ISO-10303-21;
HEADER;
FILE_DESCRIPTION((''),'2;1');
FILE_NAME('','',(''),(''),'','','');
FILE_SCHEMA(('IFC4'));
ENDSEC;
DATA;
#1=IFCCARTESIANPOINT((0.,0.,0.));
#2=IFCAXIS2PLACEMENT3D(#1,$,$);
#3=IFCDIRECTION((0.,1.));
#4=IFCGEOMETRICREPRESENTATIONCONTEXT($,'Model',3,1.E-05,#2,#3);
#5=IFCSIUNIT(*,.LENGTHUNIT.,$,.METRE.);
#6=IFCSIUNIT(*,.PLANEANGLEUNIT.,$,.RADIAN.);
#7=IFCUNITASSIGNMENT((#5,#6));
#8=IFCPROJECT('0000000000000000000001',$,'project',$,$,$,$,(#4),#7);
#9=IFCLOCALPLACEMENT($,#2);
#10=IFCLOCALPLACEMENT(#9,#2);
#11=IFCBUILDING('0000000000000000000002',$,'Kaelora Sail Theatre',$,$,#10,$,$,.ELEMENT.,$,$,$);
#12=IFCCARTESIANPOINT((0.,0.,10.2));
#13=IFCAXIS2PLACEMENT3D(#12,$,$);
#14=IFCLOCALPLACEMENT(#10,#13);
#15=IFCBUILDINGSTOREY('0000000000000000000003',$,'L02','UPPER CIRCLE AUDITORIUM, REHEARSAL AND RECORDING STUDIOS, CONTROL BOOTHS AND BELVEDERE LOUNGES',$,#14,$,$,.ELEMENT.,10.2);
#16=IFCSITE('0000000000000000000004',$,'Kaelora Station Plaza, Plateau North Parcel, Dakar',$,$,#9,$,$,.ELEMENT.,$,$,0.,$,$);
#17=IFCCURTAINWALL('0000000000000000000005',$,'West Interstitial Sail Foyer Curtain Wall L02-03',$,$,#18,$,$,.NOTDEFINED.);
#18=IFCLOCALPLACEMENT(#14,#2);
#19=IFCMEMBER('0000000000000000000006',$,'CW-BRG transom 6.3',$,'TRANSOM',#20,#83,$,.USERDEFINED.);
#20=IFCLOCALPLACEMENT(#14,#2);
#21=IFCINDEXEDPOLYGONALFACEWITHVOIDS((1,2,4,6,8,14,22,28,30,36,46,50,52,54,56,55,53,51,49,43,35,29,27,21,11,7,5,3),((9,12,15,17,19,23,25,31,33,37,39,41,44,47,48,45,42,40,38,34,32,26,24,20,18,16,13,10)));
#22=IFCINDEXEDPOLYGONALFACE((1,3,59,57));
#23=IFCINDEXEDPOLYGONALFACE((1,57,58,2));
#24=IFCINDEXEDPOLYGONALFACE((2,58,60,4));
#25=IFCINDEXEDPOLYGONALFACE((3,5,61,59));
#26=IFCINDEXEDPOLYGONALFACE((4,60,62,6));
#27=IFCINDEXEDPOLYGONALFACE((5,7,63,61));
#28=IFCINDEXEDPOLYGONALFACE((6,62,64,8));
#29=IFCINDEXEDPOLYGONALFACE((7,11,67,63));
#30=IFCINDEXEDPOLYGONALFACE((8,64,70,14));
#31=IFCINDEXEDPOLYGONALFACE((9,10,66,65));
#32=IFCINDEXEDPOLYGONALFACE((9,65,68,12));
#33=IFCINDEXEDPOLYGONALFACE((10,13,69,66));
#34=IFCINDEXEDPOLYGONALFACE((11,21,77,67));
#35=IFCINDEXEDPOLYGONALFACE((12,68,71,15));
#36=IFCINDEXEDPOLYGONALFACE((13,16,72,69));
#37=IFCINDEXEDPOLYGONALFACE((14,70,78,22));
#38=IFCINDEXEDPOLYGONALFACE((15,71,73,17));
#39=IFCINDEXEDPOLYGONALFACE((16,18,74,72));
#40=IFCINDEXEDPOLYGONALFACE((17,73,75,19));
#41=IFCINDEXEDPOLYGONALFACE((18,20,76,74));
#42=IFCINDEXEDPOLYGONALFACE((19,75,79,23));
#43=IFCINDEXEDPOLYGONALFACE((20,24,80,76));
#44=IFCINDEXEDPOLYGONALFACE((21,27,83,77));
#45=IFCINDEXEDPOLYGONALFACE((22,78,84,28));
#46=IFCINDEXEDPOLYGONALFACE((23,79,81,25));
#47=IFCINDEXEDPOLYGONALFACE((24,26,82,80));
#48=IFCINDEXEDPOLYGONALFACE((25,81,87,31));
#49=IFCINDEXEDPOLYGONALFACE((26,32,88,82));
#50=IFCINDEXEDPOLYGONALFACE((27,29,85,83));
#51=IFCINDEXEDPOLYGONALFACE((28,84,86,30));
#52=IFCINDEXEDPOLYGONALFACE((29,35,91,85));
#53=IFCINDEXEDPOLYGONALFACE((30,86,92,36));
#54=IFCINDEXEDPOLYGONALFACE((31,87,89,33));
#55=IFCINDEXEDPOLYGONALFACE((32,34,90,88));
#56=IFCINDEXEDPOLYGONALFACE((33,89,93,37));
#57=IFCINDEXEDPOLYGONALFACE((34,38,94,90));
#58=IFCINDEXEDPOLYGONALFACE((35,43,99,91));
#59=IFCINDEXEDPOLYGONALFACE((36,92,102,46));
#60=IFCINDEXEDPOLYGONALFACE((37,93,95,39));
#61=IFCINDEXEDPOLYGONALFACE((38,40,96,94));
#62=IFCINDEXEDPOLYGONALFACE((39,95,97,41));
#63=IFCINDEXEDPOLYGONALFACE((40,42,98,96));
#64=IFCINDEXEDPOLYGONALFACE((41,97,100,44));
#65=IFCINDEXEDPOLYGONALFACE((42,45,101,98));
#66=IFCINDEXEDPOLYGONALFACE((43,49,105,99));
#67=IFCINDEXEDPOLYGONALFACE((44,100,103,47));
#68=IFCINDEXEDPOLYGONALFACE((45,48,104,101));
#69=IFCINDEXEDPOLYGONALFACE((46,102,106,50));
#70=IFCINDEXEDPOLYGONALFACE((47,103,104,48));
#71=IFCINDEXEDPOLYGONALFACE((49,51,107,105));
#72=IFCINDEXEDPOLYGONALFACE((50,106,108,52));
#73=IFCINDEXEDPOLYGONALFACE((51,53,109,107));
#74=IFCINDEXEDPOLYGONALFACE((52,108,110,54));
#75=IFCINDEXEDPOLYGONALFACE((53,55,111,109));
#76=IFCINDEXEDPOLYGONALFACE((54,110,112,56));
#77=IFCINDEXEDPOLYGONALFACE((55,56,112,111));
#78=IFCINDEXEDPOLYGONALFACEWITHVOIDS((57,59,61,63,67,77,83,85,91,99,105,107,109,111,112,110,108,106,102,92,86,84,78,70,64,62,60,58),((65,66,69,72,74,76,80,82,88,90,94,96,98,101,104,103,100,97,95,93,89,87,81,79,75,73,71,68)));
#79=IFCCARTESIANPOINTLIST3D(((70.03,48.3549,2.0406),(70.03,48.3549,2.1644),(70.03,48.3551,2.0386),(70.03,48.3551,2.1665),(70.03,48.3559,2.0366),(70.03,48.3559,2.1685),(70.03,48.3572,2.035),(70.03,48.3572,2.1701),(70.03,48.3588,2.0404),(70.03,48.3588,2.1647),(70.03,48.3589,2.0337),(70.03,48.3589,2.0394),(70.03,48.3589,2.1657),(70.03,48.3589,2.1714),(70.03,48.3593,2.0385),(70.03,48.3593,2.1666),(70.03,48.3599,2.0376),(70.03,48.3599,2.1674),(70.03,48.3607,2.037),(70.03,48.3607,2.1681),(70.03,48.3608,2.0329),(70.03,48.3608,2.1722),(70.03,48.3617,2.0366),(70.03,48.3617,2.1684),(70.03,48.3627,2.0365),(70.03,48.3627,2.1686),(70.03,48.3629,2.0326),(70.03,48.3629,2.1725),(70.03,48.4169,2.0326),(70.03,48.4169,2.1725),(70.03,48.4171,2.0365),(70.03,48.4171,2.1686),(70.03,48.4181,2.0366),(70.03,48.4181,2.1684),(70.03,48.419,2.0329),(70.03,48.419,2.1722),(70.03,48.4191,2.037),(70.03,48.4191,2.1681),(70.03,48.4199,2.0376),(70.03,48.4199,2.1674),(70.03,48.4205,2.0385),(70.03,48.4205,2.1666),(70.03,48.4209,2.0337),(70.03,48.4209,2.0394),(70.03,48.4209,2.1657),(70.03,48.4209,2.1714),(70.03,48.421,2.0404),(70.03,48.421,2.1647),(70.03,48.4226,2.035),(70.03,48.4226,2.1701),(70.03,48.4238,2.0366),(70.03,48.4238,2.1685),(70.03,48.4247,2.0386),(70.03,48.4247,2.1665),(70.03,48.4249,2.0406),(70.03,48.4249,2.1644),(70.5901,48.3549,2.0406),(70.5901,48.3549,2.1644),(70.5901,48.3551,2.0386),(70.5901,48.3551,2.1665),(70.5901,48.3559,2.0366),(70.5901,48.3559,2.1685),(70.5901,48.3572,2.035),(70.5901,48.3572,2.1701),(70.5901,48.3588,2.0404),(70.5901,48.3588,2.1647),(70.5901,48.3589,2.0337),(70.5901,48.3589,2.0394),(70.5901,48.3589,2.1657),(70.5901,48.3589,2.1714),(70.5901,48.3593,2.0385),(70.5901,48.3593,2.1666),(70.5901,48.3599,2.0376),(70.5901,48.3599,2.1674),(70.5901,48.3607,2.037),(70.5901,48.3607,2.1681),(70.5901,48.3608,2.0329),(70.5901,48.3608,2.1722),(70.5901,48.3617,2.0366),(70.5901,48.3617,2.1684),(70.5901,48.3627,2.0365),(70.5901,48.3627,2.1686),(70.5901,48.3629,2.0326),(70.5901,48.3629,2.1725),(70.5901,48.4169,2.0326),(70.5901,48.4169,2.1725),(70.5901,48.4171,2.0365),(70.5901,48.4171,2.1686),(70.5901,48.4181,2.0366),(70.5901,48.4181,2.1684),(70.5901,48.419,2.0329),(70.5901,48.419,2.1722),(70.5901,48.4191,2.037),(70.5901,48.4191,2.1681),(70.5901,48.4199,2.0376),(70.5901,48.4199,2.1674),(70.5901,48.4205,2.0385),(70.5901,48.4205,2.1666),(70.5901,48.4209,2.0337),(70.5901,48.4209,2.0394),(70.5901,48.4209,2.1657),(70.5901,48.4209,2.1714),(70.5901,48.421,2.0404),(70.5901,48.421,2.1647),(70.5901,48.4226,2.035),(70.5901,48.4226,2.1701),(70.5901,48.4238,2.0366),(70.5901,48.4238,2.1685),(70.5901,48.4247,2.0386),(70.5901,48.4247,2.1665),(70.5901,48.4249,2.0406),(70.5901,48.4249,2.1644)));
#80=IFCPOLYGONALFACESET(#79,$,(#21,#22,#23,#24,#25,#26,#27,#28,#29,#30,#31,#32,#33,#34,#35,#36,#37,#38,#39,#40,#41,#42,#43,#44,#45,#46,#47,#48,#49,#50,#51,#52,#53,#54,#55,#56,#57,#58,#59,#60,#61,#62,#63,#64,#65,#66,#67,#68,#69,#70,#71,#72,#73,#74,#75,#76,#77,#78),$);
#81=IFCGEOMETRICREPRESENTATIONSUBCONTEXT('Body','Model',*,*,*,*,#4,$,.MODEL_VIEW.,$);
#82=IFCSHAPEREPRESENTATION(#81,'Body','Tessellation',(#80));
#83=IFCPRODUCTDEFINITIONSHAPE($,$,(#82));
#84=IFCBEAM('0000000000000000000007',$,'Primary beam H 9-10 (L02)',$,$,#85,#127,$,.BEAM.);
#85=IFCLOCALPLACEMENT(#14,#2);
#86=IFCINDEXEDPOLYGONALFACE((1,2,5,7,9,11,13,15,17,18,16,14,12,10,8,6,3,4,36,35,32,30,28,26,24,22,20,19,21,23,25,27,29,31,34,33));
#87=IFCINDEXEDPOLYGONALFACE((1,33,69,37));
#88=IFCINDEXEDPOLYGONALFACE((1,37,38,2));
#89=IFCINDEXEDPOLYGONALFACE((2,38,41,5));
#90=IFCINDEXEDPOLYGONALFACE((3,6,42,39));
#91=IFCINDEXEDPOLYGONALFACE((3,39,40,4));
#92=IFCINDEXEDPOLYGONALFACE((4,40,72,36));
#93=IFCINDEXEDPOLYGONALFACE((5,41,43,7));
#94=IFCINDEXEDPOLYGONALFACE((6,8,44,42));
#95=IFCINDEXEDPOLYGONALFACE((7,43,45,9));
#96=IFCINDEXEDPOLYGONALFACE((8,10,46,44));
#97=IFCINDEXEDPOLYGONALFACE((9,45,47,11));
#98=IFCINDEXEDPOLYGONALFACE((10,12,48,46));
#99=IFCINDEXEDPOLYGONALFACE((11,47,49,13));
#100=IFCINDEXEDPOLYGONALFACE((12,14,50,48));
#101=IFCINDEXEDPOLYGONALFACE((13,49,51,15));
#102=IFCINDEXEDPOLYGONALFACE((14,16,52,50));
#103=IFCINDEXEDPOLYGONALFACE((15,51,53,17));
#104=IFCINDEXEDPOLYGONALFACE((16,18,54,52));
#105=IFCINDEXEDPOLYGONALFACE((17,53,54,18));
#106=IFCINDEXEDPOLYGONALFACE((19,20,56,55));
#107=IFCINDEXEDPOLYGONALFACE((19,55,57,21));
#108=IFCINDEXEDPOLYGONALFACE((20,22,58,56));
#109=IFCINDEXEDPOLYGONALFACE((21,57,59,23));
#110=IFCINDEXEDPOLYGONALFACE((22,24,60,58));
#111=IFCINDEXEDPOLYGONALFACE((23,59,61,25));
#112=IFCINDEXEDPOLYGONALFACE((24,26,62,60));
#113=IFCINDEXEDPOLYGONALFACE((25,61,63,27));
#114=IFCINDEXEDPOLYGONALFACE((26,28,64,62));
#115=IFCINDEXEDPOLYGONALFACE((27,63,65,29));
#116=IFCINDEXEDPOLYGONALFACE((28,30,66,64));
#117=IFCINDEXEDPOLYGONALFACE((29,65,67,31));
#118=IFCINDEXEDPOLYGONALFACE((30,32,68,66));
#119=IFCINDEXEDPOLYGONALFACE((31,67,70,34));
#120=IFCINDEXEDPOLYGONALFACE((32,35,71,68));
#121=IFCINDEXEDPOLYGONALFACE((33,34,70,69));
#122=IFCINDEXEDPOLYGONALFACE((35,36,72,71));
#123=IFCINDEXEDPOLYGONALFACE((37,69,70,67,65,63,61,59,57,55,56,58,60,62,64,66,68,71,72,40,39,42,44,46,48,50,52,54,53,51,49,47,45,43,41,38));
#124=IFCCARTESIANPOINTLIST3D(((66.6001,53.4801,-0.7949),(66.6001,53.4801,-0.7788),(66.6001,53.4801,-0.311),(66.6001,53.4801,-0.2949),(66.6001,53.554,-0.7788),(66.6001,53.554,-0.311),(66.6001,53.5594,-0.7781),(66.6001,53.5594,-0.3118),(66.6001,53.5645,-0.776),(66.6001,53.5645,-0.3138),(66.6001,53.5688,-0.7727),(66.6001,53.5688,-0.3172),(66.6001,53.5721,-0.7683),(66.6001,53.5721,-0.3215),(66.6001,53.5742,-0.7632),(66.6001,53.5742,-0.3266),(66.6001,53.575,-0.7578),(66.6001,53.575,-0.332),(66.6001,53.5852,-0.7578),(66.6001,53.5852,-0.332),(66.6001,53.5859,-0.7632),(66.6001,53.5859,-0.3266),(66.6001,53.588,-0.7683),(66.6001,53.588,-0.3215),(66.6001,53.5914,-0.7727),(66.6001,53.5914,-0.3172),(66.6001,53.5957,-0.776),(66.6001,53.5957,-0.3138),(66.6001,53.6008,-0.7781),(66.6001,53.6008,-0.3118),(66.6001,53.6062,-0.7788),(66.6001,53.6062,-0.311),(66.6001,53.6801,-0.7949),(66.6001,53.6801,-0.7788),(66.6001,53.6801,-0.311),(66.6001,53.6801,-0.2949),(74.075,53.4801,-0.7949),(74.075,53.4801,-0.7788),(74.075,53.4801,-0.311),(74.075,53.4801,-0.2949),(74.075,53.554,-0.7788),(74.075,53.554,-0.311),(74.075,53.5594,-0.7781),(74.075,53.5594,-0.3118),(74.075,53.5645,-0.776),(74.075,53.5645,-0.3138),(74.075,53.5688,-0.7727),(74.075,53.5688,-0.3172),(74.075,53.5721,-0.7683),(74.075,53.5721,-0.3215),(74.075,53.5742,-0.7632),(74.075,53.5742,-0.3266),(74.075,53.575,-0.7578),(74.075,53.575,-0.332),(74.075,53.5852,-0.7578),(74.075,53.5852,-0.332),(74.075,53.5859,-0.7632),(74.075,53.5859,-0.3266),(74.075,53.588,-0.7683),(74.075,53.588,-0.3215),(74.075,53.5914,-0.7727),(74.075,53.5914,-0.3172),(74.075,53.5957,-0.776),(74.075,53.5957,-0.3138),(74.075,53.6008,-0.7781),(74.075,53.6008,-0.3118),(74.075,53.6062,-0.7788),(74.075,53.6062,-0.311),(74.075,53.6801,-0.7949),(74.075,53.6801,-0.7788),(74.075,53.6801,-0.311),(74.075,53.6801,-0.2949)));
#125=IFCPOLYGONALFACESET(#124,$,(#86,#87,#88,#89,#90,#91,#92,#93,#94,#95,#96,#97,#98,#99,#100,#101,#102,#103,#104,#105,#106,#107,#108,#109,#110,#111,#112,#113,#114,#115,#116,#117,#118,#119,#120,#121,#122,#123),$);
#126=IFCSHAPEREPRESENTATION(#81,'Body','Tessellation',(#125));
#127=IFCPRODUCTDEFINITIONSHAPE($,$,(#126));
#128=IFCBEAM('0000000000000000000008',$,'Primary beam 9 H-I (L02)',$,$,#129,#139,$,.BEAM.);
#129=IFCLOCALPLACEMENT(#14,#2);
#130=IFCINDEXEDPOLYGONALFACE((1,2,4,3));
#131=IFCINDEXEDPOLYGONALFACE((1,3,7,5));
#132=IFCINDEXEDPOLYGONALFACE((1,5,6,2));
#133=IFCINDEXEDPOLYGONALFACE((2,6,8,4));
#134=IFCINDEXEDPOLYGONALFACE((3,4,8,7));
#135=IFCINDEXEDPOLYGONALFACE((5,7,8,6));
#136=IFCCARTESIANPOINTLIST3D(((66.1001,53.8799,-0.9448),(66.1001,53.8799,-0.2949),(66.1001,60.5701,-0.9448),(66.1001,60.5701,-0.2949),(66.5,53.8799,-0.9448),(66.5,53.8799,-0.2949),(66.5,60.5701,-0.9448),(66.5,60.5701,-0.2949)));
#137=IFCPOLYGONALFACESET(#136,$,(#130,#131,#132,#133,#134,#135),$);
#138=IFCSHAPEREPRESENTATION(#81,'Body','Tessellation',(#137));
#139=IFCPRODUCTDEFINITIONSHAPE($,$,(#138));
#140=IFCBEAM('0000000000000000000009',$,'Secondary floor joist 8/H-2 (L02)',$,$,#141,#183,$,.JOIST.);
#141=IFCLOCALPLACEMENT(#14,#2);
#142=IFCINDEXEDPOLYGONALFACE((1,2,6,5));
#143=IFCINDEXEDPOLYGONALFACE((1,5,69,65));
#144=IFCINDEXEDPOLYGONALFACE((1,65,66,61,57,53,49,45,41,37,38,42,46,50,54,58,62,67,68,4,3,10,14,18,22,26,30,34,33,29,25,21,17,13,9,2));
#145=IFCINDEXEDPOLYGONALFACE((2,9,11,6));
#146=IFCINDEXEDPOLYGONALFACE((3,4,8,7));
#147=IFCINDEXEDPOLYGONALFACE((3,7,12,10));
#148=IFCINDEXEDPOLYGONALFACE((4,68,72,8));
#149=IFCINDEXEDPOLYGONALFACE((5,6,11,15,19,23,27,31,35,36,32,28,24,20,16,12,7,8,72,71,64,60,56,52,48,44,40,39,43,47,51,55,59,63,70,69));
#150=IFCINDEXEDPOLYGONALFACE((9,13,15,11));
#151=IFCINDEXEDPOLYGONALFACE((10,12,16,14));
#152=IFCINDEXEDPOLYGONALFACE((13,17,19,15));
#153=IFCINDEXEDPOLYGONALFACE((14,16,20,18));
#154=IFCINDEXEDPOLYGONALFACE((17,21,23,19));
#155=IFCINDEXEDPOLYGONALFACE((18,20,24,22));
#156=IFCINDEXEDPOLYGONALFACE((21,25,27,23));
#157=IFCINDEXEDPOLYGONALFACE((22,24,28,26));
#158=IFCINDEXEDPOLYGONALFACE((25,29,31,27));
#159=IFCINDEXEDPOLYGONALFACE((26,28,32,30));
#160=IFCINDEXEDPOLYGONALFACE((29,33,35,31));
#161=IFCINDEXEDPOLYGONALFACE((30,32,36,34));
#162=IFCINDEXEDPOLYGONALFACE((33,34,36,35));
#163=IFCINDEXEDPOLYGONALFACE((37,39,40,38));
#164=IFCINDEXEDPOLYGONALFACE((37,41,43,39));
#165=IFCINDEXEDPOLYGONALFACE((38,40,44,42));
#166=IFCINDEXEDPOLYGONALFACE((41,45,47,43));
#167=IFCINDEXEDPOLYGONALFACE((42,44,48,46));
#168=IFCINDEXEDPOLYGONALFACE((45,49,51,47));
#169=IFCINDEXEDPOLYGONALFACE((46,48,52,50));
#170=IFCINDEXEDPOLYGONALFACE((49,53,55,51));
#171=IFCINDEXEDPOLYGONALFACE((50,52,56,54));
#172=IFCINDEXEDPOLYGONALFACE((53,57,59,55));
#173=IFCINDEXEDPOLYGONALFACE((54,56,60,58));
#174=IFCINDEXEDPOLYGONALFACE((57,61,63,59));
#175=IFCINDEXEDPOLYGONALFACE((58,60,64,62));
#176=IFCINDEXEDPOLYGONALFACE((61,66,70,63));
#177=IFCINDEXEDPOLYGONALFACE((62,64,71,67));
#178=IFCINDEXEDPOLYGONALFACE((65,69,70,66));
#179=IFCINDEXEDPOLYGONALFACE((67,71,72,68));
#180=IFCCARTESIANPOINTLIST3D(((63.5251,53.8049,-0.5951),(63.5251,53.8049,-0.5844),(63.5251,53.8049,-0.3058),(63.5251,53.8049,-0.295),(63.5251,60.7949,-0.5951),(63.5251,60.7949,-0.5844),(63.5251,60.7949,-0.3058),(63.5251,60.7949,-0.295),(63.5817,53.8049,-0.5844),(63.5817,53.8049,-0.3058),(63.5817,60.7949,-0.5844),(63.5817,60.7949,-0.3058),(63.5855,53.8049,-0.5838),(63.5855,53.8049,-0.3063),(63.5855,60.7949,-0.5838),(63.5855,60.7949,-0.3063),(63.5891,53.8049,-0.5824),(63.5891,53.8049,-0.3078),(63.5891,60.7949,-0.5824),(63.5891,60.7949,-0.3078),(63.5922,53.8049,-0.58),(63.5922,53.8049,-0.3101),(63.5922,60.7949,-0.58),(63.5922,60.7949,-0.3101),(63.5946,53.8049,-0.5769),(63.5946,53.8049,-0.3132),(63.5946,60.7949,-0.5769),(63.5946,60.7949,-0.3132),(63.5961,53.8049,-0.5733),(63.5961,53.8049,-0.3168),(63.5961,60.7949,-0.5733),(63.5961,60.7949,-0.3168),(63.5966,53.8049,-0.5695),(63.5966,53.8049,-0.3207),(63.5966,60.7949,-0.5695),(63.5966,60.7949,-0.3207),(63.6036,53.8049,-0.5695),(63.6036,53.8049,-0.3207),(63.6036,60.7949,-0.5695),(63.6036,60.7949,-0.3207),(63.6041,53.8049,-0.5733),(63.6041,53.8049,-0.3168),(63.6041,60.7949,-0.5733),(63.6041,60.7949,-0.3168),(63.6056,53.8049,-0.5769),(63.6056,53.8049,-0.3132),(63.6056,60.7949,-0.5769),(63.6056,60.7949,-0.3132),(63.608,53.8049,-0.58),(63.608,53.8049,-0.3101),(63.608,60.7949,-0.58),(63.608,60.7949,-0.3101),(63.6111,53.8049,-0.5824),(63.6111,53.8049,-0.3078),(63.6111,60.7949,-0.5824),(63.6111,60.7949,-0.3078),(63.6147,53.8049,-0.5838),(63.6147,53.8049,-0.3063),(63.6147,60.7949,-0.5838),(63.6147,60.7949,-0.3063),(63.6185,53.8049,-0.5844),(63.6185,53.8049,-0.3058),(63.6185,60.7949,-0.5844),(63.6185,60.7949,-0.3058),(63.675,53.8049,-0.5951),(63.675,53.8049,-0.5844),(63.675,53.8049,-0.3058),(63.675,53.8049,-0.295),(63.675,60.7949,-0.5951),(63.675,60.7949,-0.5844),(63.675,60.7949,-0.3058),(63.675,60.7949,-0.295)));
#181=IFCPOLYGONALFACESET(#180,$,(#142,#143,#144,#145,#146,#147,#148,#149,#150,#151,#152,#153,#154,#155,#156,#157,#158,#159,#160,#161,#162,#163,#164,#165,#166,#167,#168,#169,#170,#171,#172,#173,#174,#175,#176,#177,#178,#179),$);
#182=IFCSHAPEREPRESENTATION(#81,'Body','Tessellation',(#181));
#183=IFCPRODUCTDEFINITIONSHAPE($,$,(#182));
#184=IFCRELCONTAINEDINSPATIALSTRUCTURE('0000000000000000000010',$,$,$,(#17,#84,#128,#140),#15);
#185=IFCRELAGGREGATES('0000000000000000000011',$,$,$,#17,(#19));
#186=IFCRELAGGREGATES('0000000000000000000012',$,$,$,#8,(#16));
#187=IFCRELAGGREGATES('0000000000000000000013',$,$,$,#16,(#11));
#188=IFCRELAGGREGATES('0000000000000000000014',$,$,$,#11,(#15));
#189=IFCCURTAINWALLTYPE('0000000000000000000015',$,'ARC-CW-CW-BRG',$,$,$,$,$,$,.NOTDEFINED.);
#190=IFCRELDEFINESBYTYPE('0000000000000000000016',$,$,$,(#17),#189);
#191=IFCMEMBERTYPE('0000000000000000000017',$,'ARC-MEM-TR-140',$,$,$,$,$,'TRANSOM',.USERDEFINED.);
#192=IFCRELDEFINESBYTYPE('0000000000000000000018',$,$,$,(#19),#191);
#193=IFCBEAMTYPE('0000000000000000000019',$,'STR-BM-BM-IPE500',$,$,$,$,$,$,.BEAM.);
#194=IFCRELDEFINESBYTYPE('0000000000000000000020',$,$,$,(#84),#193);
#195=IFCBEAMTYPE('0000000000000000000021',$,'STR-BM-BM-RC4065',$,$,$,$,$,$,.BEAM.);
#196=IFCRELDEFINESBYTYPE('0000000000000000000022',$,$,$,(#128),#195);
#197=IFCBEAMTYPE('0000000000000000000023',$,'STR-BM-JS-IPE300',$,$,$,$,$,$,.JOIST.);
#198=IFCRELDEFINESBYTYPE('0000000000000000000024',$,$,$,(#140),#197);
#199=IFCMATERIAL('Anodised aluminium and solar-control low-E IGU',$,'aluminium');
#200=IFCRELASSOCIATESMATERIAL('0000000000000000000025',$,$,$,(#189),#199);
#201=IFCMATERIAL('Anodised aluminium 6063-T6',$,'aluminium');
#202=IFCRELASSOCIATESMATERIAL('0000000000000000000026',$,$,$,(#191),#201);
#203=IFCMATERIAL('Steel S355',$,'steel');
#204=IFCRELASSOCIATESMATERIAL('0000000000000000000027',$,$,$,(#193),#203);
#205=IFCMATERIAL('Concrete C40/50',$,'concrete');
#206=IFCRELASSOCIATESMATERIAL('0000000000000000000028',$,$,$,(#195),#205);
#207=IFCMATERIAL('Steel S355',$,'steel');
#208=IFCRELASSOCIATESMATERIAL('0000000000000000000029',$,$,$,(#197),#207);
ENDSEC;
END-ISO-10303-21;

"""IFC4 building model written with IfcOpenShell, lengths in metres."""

from ifc_helpers import new_model, si_unit, direction, frame, origin, origin_2d, place, context, subcontext, project, spatial, rectangle, hollow_rectangle, i_section, extrude, material, material_profile, profile_set, type_object, element, aggregate, save


model = new_model("IFC4")

# Units and contexts
model_context = context("Model", 3, precision=1e-05, world=origin(), true_north=direction((0.0, 1.0)))
body_context = subcontext(model_context, "Body", "Model", "MODEL_VIEW")
ifc_project = project(units=[si_unit("LENGTHUNIT", "METRE"), si_unit("PLANEANGLEUNIT", "RADIAN")], contexts=[model_context])

# Site, building, storey
site_placement = place(None, origin())
site = spatial("IfcSite", under=ifc_project, at=site_placement, Name="Kaelora Station Plaza, Plateau North Parcel, Dakar", CompositionType="ELEMENT", RefElevation=0.0)
building_placement = place(site_placement, origin())
building = spatial("IfcBuilding", under=site, at=building_placement, Name="Kaelora Sail Theatre", CompositionType="ELEMENT")
storey_placement = place(building_placement, frame((0.0, 0.0, 10.2)))
storey = spatial("IfcBuildingStorey", under=building, at=storey_placement, Name="L02", Description="UPPER CIRCLE AUDITORIUM, REHEARSAL AND RECORDING STUDIOS, CONTROL BOOTHS AND BELVEDERE LOUNGES", CompositionType="ELEMENT", Elevation=10.2)

# Curtain wall, member
ifc_material_1 = material(Name="Anodised aluminium and solar-control low-E IGU", Category="aluminium")
curtain_wall_type = type_object("IfcCurtainWallType", Name="ARC-CW-CW-BRG", PredefinedType="NOTDEFINED", material=ifc_material_1)
curtain_wall_placement = place(storey_placement, origin())
curtain_wall = element("IfcCurtainWall", 1, at=curtain_wall_placement, inside=storey, type_object=curtain_wall_type, Name="West Interstitial Sail Foyer Curtain Wall L02-03", PredefinedType="NOTDEFINED")
ifc_material_2 = material(Name="Anodised aluminium 6063-T6", Category="aluminium")
ifc_material_profile_1 = material_profile(ifc_material_2, hollow_rectangle(XDim=0.0701, YDim=0.1399, WallThickness=0.0039, InnerFilletRadius=0.0039, OuterFilletRadius=0.0081, at=origin_2d()), Name="ALU-TRAN 70x140x4")
ifc_profile_set_1 = profile_set([ifc_material_profile_1], Name="Anodised aluminium 6063-T6")
member_type_1 = type_object("IfcMemberType", Name="ARC-MEM-TR-140", ElementType="TRANSOM", PredefinedType="USERDEFINED", material=ifc_profile_set_1)
member_1_placement = place(storey_placement, frame((70.03, 48.3899, 2.1025), z_axis=(1.0, 0.0, 0.0), x_axis=(0.0, 1.0, 0.0)))
member_1 = element("IfcMember", 2, at=member_1_placement, type_object=member_type_1, Name="CW-BRG transom 6.3", ObjectType="TRANSOM", PredefinedType="USERDEFINED", context=body_context, shape_type="SweptSolid", body=[
    extrude(hollow_rectangle(XDim=0.0701, YDim=0.1399, WallThickness=0.0039, InnerFilletRadius=0.0039, OuterFilletRadius=0.0081, at=origin_2d()), origin(), (0.0, 0.0, 1.0), 0.5601),
])

# Beams
ifc_material_3 = material(Name="Steel S355", Category="steel")
ifc_material_profile_2 = material_profile(ifc_material_3, i_section(OverallWidth=0.2, OverallDepth=0.5, WebThickness=0.0103, FlangeThickness=0.0161, FilletRadius=0.021, at=origin_2d()), Name="IPE 500")
ifc_profile_set_2 = profile_set([ifc_material_profile_2], Name="Steel S355")
beam_type_1 = type_object("IfcBeamType", Name="STR-BM-BM-IPE500", PredefinedType="BEAM", material=ifc_profile_set_2)
beam_1_placement = place(storey_placement, frame((66.6001, 53.5801, -0.5449), z_axis=(1.0, 0.0, 0.0), x_axis=(0.0, 1.0, 0.0)))
element("IfcBeam", 3, at=beam_1_placement, inside=storey, type_object=beam_type_1, Name="Primary beam H 9-10 (L02)", PredefinedType="BEAM", context=body_context, shape_type="SweptSolid", body=[
    extrude(i_section(OverallWidth=0.2, OverallDepth=0.5, WebThickness=0.0103, FlangeThickness=0.0161, FilletRadius=0.021, at=origin_2d()), origin(), (0.0, 0.0, 1.0), 7.4749),
])
ifc_material_4 = material(Name="Concrete C40/50", Category="concrete")
ifc_material_profile_3 = material_profile(ifc_material_4, rectangle(XDim=0.3999, YDim=0.6499, at=origin_2d()), Name="RC-BM 400x650")
ifc_profile_set_3 = profile_set([ifc_material_profile_3], Name="Concrete C40/50")
beam_type_2 = type_object("IfcBeamType", Name="STR-BM-BM-RC4065", PredefinedType="BEAM", material=ifc_profile_set_3)
beam_2_placement = place(storey_placement, frame((66.3, 53.8799, -0.6199), z_axis=(0.0, 1.0, 0.0), x_axis=(-1.0, 0.0, 0.0)))
element("IfcBeam", 4, at=beam_2_placement, inside=storey, type_object=beam_type_2, Name="Primary beam 9 H-I (L02)", PredefinedType="BEAM", context=body_context, shape_type="SweptSolid", body=[
    extrude(rectangle(XDim=0.3999, YDim=0.6499, at=origin_2d()), origin(), (0.0, 0.0, 1.0), 6.6902),
])
ifc_material_5 = material(Name="Steel S355", Category="steel")
ifc_material_profile_4 = material_profile(ifc_material_5, i_section(OverallWidth=0.1499, OverallDepth=0.3, WebThickness=0.0071, FlangeThickness=0.0107, FilletRadius=0.0149, at=origin_2d()), Name="IPE 300")
ifc_profile_set_4 = profile_set([ifc_material_profile_4], Name="Steel S355")
beam_type_3 = type_object("IfcBeamType", Name="STR-BM-JS-IPE300", PredefinedType="JOIST", material=ifc_profile_set_4)
beam_3_placement = place(storey_placement, frame((63.6001, 53.8049, -0.4451), z_axis=(0.0, 1.0, 0.0), x_axis=(-1.0, 0.0, 0.0)))
element("IfcBeam", 5, at=beam_3_placement, inside=storey, type_object=beam_type_3, Name="Secondary floor joist 8/H-2 (L02)", PredefinedType="JOIST", context=body_context, shape_type="SweptSolid", body=[
    extrude(i_section(OverallWidth=0.1499, OverallDepth=0.3, WebThickness=0.0071, FlangeThickness=0.0107, FilletRadius=0.0149, at=origin_2d()), origin(), (0.0, 0.0, 1.0), 6.99),
])

aggregate(curtain_wall, [member_1])

save(model, "model.ifc")
